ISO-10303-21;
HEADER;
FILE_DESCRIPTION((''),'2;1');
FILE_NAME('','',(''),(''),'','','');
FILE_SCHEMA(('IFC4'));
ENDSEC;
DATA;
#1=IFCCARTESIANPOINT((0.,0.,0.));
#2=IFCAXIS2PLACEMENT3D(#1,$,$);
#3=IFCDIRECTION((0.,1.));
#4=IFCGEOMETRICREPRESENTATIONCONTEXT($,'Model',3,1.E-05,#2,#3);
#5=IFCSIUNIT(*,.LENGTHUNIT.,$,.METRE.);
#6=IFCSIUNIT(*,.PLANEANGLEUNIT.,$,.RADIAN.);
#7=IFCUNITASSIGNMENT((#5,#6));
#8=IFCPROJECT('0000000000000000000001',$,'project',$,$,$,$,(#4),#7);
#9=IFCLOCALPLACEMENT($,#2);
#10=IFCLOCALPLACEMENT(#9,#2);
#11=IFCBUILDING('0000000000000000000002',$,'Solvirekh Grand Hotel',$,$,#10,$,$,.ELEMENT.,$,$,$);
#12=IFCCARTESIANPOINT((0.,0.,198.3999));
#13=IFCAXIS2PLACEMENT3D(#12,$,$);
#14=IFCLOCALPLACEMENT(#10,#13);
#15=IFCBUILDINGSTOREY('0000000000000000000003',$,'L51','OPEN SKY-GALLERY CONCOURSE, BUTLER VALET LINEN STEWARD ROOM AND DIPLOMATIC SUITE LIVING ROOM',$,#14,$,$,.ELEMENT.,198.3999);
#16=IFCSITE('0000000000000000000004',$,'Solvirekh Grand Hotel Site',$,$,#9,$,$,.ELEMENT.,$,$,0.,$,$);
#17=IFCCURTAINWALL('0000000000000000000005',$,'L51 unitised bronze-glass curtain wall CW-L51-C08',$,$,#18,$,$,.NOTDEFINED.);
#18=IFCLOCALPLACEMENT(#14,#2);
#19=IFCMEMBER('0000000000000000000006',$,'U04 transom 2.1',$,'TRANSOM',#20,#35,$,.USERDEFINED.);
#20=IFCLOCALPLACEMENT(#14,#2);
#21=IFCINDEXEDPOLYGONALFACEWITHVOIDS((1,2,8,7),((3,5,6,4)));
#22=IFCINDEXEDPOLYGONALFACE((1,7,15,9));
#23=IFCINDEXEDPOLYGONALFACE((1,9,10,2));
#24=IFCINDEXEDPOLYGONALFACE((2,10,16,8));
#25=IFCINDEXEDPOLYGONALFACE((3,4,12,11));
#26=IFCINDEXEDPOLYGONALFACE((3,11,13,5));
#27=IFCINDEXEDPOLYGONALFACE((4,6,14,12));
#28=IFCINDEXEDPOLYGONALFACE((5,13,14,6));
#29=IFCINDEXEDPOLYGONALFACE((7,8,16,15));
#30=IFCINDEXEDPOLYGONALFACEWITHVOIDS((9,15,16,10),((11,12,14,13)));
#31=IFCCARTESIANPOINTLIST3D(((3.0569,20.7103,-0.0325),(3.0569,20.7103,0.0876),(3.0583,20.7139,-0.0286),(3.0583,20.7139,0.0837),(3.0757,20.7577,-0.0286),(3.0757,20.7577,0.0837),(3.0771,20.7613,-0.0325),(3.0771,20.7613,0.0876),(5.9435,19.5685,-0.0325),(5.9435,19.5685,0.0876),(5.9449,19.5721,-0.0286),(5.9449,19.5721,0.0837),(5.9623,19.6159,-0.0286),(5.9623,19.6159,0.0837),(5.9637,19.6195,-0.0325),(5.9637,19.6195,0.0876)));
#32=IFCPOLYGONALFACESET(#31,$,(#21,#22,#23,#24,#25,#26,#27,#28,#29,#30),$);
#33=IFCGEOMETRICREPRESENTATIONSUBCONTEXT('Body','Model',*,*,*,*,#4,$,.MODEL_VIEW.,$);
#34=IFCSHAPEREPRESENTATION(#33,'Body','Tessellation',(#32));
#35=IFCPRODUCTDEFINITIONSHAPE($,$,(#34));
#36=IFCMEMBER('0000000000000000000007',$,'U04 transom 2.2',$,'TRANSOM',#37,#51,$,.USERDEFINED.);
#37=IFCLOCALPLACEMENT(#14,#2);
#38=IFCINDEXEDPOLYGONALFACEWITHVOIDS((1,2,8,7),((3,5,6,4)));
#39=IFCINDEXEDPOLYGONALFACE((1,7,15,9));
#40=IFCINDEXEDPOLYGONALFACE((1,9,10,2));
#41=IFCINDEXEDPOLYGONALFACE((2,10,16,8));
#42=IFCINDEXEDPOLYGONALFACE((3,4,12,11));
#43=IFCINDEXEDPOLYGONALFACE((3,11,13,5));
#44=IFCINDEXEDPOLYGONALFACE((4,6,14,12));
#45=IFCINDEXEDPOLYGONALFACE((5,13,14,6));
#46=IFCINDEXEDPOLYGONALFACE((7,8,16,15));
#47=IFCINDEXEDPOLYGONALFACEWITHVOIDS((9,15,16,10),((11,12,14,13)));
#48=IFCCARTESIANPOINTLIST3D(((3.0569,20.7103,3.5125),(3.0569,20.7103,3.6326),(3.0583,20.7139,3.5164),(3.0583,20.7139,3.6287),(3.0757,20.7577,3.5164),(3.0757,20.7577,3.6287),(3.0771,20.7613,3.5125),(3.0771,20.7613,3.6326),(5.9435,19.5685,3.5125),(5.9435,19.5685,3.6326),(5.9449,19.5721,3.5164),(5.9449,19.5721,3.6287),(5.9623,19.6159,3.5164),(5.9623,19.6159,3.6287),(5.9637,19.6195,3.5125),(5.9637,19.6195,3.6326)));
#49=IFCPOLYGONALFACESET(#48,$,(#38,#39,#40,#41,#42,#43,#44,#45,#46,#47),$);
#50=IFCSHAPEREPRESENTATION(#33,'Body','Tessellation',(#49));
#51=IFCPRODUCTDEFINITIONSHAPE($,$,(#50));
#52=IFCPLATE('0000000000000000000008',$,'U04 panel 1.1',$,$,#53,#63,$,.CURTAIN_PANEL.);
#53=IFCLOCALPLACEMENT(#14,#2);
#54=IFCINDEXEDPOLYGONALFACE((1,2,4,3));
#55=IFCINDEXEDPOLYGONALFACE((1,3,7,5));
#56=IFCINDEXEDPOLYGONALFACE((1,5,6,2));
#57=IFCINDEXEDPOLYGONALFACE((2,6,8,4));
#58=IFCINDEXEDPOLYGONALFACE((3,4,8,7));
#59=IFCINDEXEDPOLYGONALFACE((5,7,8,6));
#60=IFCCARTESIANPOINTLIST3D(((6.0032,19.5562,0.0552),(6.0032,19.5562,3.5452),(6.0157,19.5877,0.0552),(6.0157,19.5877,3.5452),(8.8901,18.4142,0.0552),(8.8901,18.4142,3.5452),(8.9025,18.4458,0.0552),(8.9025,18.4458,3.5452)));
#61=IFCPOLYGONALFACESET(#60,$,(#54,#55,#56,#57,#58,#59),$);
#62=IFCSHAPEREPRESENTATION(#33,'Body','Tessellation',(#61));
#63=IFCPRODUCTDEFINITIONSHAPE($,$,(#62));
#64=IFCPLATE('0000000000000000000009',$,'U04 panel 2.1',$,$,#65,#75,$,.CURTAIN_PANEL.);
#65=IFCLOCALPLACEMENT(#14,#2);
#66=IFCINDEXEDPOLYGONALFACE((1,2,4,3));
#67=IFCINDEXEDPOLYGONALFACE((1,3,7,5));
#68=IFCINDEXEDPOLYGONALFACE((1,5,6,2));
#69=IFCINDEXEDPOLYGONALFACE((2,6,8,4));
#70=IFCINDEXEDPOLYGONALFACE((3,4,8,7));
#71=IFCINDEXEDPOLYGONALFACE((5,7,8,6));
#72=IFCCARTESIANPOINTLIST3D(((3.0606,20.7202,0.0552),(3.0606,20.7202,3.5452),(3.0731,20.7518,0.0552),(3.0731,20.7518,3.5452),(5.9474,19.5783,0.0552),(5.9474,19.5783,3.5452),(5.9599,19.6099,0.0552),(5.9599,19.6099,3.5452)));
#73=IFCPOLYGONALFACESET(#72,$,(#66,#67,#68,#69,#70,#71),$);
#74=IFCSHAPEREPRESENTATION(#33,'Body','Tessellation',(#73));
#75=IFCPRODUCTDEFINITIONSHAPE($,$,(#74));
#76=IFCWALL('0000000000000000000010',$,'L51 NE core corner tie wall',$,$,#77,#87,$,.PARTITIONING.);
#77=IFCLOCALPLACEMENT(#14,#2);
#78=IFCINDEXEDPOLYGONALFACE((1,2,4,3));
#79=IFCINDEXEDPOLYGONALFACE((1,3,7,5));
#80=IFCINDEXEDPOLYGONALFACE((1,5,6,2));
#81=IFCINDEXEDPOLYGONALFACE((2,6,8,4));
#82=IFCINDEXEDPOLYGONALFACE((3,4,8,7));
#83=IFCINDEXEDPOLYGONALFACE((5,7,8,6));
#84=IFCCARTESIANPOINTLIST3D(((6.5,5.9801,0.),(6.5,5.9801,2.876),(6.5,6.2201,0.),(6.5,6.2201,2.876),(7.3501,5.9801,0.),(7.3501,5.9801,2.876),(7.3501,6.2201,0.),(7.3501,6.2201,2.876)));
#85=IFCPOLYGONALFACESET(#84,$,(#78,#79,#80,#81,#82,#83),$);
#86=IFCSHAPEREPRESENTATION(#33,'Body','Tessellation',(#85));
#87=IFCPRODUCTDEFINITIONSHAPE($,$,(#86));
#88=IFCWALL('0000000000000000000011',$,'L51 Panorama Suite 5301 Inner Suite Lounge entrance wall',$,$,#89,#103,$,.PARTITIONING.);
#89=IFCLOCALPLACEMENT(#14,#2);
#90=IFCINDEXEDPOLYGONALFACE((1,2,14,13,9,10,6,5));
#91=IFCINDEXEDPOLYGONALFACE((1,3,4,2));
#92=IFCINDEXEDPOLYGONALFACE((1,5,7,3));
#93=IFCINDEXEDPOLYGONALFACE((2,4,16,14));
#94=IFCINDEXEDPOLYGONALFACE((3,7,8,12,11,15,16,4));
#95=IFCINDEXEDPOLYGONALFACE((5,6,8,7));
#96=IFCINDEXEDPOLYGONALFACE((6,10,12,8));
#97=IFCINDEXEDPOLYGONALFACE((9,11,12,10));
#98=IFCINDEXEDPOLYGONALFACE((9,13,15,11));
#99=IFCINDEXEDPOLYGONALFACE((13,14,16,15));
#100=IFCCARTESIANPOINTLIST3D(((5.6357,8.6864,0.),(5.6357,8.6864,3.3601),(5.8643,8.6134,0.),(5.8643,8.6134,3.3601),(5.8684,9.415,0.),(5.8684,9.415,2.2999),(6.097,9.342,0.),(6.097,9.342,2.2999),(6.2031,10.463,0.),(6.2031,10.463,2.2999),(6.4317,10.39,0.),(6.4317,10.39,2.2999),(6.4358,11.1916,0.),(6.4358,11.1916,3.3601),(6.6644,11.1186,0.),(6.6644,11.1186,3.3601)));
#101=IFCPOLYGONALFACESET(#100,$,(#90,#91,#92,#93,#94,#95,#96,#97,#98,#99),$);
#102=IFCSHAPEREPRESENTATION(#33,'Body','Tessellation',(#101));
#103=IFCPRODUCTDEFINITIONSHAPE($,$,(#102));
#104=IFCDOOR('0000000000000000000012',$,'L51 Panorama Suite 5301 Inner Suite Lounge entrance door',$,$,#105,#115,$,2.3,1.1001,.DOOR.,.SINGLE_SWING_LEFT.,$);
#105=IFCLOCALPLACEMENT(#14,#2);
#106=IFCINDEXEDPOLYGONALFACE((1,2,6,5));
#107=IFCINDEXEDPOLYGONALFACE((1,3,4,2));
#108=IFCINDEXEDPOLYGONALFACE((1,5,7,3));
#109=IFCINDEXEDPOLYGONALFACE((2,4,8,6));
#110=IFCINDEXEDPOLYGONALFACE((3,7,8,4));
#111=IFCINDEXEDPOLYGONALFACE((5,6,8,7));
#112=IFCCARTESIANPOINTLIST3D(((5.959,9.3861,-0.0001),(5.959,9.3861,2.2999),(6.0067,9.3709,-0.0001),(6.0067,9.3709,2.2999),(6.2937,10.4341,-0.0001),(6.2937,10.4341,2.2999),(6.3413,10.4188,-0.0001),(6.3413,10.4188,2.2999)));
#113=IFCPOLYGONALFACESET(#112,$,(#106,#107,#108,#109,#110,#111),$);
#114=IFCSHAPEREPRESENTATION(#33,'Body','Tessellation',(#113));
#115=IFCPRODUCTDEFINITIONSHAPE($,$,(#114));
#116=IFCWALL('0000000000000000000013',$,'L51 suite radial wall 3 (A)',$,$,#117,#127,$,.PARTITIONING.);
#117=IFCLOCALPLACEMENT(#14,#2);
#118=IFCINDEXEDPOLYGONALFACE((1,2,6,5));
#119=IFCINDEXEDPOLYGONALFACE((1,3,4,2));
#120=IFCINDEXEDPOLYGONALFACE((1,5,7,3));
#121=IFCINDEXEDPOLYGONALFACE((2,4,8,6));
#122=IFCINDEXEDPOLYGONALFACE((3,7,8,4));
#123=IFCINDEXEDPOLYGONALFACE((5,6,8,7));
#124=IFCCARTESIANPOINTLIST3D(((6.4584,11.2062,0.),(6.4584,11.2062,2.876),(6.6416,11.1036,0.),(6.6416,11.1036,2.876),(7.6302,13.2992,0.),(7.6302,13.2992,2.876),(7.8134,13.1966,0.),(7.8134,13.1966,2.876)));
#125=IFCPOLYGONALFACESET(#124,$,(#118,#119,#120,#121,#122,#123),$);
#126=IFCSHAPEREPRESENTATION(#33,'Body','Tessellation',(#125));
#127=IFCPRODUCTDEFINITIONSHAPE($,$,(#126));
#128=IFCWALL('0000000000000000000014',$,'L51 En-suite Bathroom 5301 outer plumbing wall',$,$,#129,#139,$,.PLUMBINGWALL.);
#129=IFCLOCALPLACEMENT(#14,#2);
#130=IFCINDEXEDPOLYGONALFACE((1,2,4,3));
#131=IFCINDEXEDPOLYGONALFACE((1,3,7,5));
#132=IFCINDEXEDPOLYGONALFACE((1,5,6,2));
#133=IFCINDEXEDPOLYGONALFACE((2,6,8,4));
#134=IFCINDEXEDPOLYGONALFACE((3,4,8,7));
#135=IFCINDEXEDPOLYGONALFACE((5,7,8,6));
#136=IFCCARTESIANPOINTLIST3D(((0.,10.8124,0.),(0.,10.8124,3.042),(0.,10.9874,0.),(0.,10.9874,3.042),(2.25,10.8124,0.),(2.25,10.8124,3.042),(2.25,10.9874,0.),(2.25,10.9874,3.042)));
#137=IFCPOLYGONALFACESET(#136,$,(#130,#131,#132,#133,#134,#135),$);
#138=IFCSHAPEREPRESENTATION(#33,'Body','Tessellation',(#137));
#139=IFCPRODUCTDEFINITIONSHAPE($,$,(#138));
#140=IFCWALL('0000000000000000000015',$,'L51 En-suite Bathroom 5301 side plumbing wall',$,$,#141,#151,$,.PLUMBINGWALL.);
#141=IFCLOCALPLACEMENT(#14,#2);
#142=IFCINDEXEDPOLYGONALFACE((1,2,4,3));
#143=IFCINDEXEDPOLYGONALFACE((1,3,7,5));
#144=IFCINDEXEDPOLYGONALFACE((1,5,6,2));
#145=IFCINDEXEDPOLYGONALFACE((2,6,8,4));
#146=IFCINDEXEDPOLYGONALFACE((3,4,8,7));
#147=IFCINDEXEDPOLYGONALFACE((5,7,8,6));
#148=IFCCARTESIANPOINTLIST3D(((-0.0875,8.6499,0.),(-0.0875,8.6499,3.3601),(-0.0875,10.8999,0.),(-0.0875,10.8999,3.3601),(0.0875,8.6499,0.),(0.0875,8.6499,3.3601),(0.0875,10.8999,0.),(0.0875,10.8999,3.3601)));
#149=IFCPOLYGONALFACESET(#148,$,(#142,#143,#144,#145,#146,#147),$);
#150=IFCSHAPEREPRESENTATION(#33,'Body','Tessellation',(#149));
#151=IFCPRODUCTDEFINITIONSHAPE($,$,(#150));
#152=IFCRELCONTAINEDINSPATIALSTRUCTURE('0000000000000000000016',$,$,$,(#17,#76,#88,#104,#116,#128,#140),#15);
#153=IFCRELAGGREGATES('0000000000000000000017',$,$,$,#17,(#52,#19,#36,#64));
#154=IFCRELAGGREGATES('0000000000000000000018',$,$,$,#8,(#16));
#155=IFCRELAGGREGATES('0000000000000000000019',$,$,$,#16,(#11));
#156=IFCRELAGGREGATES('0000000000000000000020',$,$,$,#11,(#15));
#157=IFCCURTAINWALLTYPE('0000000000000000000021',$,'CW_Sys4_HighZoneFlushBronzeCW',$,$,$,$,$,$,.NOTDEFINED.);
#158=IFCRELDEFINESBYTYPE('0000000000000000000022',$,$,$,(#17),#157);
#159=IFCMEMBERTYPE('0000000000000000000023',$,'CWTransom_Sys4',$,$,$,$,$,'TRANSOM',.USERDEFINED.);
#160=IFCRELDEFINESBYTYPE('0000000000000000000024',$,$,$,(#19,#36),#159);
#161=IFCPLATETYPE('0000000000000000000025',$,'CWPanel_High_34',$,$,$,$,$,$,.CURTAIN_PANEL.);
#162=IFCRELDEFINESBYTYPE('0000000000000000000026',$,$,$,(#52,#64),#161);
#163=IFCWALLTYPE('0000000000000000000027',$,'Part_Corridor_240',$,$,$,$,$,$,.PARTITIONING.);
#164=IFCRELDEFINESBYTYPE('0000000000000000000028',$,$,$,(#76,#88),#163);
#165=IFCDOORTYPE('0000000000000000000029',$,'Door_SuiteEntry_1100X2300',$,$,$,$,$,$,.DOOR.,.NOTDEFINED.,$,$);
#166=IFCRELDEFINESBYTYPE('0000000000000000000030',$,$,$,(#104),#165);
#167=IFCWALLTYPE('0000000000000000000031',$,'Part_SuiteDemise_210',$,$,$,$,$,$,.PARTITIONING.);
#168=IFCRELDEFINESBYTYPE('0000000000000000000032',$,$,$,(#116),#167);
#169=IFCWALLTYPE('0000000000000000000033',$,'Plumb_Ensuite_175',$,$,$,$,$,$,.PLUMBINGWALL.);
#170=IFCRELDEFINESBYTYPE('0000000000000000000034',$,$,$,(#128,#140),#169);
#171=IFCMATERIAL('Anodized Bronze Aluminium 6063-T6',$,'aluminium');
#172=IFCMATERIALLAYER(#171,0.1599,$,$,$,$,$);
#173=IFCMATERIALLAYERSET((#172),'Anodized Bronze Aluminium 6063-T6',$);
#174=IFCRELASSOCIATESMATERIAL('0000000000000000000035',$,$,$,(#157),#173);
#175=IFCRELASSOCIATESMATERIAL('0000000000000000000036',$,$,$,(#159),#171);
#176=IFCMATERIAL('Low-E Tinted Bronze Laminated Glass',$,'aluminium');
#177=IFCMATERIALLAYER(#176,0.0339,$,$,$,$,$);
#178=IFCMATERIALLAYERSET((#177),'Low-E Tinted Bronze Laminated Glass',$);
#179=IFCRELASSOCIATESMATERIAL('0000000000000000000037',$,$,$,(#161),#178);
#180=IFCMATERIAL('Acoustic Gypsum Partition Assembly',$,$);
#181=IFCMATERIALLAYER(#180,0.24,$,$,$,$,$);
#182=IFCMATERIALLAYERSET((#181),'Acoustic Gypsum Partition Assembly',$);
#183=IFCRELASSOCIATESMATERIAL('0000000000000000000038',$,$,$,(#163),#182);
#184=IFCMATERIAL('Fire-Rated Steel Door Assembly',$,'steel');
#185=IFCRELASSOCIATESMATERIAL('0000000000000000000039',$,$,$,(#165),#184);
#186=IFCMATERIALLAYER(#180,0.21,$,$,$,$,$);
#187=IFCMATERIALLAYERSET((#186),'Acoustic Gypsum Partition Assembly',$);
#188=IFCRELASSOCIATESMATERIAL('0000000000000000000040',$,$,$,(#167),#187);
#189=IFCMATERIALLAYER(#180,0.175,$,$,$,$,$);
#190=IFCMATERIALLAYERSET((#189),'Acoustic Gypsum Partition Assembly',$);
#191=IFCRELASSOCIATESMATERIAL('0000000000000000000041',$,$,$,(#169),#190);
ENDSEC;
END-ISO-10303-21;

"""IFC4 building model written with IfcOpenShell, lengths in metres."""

from ifc_helpers import new_model, si_unit, direction, frame, frame_2d, origin, origin_2d, place, context, subcontext, project, spatial, rectangle, hollow_rectangle, extrude, source, transform, mapped, material, layer, layer_set, material_profile, profile_set, type_object, element, fill, aggregate, save


model = new_model("IFC4")

# Units and contexts
model_context = context("Model", 3, precision=1e-05, world=origin(), true_north=direction((0.0, 1.0)))
body_context = subcontext(model_context, "Body", "Model", "MODEL_VIEW")
ifc_project = project(units=[si_unit("LENGTHUNIT", "METRE"), si_unit("PLANEANGLEUNIT", "RADIAN")], contexts=[model_context])

# Site, building, storey
site_placement = place(None, origin())
site = spatial("IfcSite", under=ifc_project, at=site_placement, Name="Solvirekh Grand Hotel Site", CompositionType="ELEMENT", RefElevation=0.0)
building_placement = place(site_placement, origin())
building = spatial("IfcBuilding", under=site, at=building_placement, Name="Solvirekh Grand Hotel", CompositionType="ELEMENT")
storey_placement = place(building_placement, frame((0.0, 0.0, 198.3999)))
storey = spatial("IfcBuildingStorey", under=building, at=storey_placement, Name="L51", Description="OPEN SKY-GALLERY CONCOURSE, BUTLER VALET LINEN STEWARD ROOM AND DIPLOMATIC SUITE LIVING ROOM", CompositionType="ELEMENT", Elevation=198.3999)

# Curtain wall, members, plates
ifc_material_1 = material(Name="Anodized Bronze Aluminium 6063-T6", Category="aluminium")
ifc_layer_1 = layer(ifc_material_1, 0.1599)
ifc_layer_set_1 = layer_set([ifc_layer_1], Name="Anodized Bronze Aluminium 6063-T6")
curtain_wall_type = type_object("IfcCurtainWallType", Name="CW_Sys4_HighZoneFlushBronzeCW", PredefinedType="NOTDEFINED", material=ifc_layer_set_1)
curtain_wall_placement = place(storey_placement, origin())
curtain_wall = element("IfcCurtainWall", 1, at=curtain_wall_placement, inside=storey, type_object=curtain_wall_type, Name="L51 unitised bronze-glass curtain wall CW-L51-C08", PredefinedType="NOTDEFINED")
ifc_material_profile_1 = material_profile(ifc_material_1, hollow_rectangle(XDim=0.0549, YDim=0.1201, WallThickness=0.0039, at=origin_2d()), Name="ALU RHS 120X55X4")
ifc_profile_set_1 = profile_set([ifc_material_profile_1], Name="Anodized Bronze Aluminium 6063-T6")
member_type_1 = type_object("IfcMemberType", Name="CWTransom_Sys4", ElementType="TRANSOM", PredefinedType="USERDEFINED", material=ifc_profile_set_1)
shared_shape_1 = source(origin(), body_context, "Body", "SweptSolid", [
    extrude(hollow_rectangle(XDim=0.0549, YDim=0.1201, WallThickness=0.0039, at=origin_2d()), origin(), (0.0, 0.0, 1.0), 3.1042),
])
member_1_placement = place(storey_placement, frame((5.9536, 19.594, 0.0276), z_axis=(-0.929896, 0.367822, 0.0), x_axis=(-0.367822, -0.929896, 0.0)))
member_1 = element("IfcMember", 2, at=member_1_placement, type_object=member_type_1, Name="U04 transom 2.1", ObjectType="TRANSOM", PredefinedType="USERDEFINED", context=body_context, shape_type="MappedRepresentation", body=[
    mapped(shared_shape_1, transform((0.0, 0.0, 0.0), x_axis=(1.0, 0.0, 0.0), y_axis=(0.0, 1.0, 0.0), z_axis=(0.0, 0.0, 1.0), scale=1.0)),
])
member_2_placement = place(storey_placement, frame((5.9536, 19.594, 3.5725), z_axis=(-0.929896, 0.367822, 0.0), x_axis=(-0.367822, -0.929896, 0.0)))
member_2 = element("IfcMember", 3, at=member_2_placement, type_object=member_type_1, Name="U04 transom 2.2", ObjectType="TRANSOM", PredefinedType="USERDEFINED", context=body_context, shape_type="MappedRepresentation", body=[
    mapped(shared_shape_1, transform((0.0, 0.0, 0.0), x_axis=(1.0, 0.0, 0.0), y_axis=(0.0, 1.0, 0.0), z_axis=(0.0, 0.0, 1.0), scale=1.0)),
])
ifc_material_2 = material(Name="Low-E Tinted Bronze Laminated Glass", Category="aluminium")
ifc_layer_2 = layer(ifc_material_2, 0.0339)
ifc_layer_set_2 = layer_set([ifc_layer_2], Name="Low-E Tinted Bronze Laminated Glass")
plate_type = type_object("IfcPlateType", Name="CWPanel_High_34", PredefinedType="CURTAIN_PANEL", material=ifc_layer_set_2)
shared_shape_2 = source(origin(), body_context, "Body", "SweptSolid", [
    extrude(rectangle(XDim=3.1045, YDim=0.0339, at=origin_2d()), origin(), (0.0, 0.0, 1.0), 3.49),
])
plate_1_placement = place(storey_placement, frame((7.4529, 19.001, 0.0552), z_axis=(0.0, 0.0, 1.0), x_axis=(-0.929895, 0.367826, 0.0)))
plate_1 = element("IfcPlate", 4, at=plate_1_placement, type_object=plate_type, Name="U04 panel 1.1", PredefinedType="CURTAIN_PANEL", context=body_context, shape_type="MappedRepresentation", body=[
    mapped(shared_shape_2, transform((0.0, 0.0, 0.0), x_axis=(1.0, 0.0, 0.0), y_axis=(0.0, 1.0, 0.0), z_axis=(0.0, 0.0, 1.0), scale=1.0)),
])
plate_2_placement = place(storey_placement, frame((4.5103, 20.165, 0.0552), z_axis=(0.0, 0.0, 1.0), x_axis=(-0.929895, 0.367826, 0.0)))
plate_2 = element("IfcPlate", 5, at=plate_2_placement, type_object=plate_type, Name="U04 panel 2.1", PredefinedType="CURTAIN_PANEL", context=body_context, shape_type="MappedRepresentation", body=[
    mapped(shared_shape_2, transform((0.0, 0.0, 0.0), x_axis=(1.0, 0.0, 0.0), y_axis=(0.0, 1.0, 0.0), z_axis=(0.0, 0.0, 1.0), scale=1.0)),
])
aggregate(curtain_wall, [plate_1, member_1, member_2, plate_2])

# Wall
ifc_material_3 = material(Name="Acoustic Gypsum Partition Assembly")
ifc_layer_3 = layer(ifc_material_3, 0.24)
ifc_layer_set_3 = layer_set([ifc_layer_3], Name="Acoustic Gypsum Partition Assembly")
wall_type_1 = type_object("IfcWallType", Name="Part_Corridor_240", PredefinedType="PARTITIONING", material=ifc_layer_set_3)
wall_1_placement = place(storey_placement, frame((6.5, 6.1001, 0.0), z_axis=(0.0, 0.0, 1.0), x_axis=(1.0, 0.0, 0.0)))
element("IfcWall", 6, at=wall_1_placement, inside=storey, type_object=wall_type_1, Name="L51 NE core corner tie wall", PredefinedType="PARTITIONING", context=body_context, shape_type="SweptSolid", body=[
    extrude(rectangle(XDim=0.8501, YDim=0.24, at=frame_2d((0.425, 0.0))), origin(), (0.0, 0.0, 1.0), 2.876),
])

# Wall, opening, door
wall_2_placement = place(storey_placement, frame((5.75, 8.6499, 0.0), z_axis=(0.0, 0.0, 1.0), x_axis=(0.304227, 0.9526, 0.0)))
wall_2 = element("IfcWall", 7, at=wall_2_placement, inside=storey, type_object=wall_type_1, Name="L51 Panorama Suite 5301 Inner Suite Lounge entrance wall", PredefinedType="PARTITIONING", context=body_context, shape_type="SweptSolid", body=[
    extrude(rectangle(XDim=2.6299, YDim=0.24, at=frame_2d((1.3149, 0.0))), origin(), (0.0, 0.0, 1.0), 3.3601),
])
opening_1_placement = place(wall_2_placement, frame((0.7649, 0.0, 0.0)))
opening_1 = element("IfcOpeningElement", 8, at=opening_1_placement, cuts=wall_2, PredefinedType="OPENING", context=body_context, shape_type="SweptSolid", body=[
    extrude(rectangle(XDim=1.1001, YDim=2.3, at=frame_2d((0.55, 1.1499))), frame((0.0, 0.1299, 0.0), z_axis=(0.0, -1.0, 0.0), x_axis=(1.0, 0.0, 0.0)), (0.0, 0.0, 1.0), 0.26),
])
ifc_material_4 = material(Name="Fire-Rated Steel Door Assembly", Category="steel")
door_type_1 = type_object("IfcDoorType", Name="Door_SuiteEntry_1100X2300", OperationType="NOTDEFINED", PredefinedType="DOOR", material=ifc_material_4)
door_1_placement = place(opening_1_placement, origin())
door_1 = element("IfcDoor", 9, at=door_1_placement, inside=storey, type_object=door_type_1, Name="L51 Panorama Suite 5301 Inner Suite Lounge entrance door", OperationType="SINGLE_SWING_LEFT", OverallHeight=2.3, OverallWidth=1.1001, PredefinedType="DOOR", context=body_context, shape_type="SweptSolid", body=[
    extrude(rectangle(XDim=1.1001, YDim=2.3, at=frame_2d((0.55, 1.1499))), frame((0.0, 0.0249, 0.0), z_axis=(0.0, -1.0, 0.0), x_axis=(1.0, 0.0, 0.0)), (0.0, 0.0, 1.0), 0.05),
])
fill(opening_1, door_1)

# Walls
ifc_layer_4 = layer(ifc_material_3, 0.21)
ifc_layer_set_4 = layer_set([ifc_layer_4], Name="Acoustic Gypsum Partition Assembly")
wall_type_2 = type_object("IfcWallType", Name="Part_SuiteDemise_210", PredefinedType="PARTITIONING", material=ifc_layer_set_4)
wall_3_placement = place(storey_placement, frame((6.55, 11.155, 0.0), z_axis=(0.0, 0.0, 1.0), x_axis=(0.488535, 0.872544, 0.0)))
element("IfcWall", 10, at=wall_3_placement, inside=storey, type_object=wall_type_2, Name="L51 suite radial wall 3 (A)", PredefinedType="PARTITIONING", context=body_context, shape_type="SweptSolid", body=[
    extrude(rectangle(XDim=2.3987, YDim=0.21, at=frame_2d((1.1992, 0.0))), origin(), (0.0, 0.0, 1.0), 2.876),
])
ifc_layer_5 = layer(ifc_material_3, 0.175)
ifc_layer_set_5 = layer_set([ifc_layer_5], Name="Acoustic Gypsum Partition Assembly")
wall_type_3 = type_object("IfcWallType", Name="Plumb_Ensuite_175", PredefinedType="PLUMBINGWALL", material=ifc_layer_set_5)
wall_4_placement = place(storey_placement, frame((0.0, 10.8999, 0.0), z_axis=(0.0, 0.0, 1.0), x_axis=(1.0, 0.0, 0.0)))
element("IfcWall", 11, at=wall_4_placement, inside=storey, type_object=wall_type_3, Name="L51 En-suite Bathroom 5301 outer plumbing wall", PredefinedType="PLUMBINGWALL", context=body_context, shape_type="SweptSolid", body=[
    extrude(rectangle(XDim=2.25, YDim=0.175, at=frame_2d((1.125, 0.0))), origin(), (0.0, 0.0, 1.0), 3.042),
])
wall_5_placement = place(storey_placement, frame((0.0, 10.8999, 0.0), z_axis=(0.0, 0.0, 1.0), x_axis=(0.0, -1.0, 0.0)))
element("IfcWall", 12, at=wall_5_placement, inside=storey, type_object=wall_type_3, Name="L51 En-suite Bathroom 5301 side plumbing wall", PredefinedType="PLUMBINGWALL", context=body_context, shape_type="SweptSolid", body=[
    extrude(rectangle(XDim=2.25, YDim=0.175, at=frame_2d((1.125, 0.0))), origin(), (0.0, 0.0, 1.0), 3.3601),
])

save(model, "model.ifc")
